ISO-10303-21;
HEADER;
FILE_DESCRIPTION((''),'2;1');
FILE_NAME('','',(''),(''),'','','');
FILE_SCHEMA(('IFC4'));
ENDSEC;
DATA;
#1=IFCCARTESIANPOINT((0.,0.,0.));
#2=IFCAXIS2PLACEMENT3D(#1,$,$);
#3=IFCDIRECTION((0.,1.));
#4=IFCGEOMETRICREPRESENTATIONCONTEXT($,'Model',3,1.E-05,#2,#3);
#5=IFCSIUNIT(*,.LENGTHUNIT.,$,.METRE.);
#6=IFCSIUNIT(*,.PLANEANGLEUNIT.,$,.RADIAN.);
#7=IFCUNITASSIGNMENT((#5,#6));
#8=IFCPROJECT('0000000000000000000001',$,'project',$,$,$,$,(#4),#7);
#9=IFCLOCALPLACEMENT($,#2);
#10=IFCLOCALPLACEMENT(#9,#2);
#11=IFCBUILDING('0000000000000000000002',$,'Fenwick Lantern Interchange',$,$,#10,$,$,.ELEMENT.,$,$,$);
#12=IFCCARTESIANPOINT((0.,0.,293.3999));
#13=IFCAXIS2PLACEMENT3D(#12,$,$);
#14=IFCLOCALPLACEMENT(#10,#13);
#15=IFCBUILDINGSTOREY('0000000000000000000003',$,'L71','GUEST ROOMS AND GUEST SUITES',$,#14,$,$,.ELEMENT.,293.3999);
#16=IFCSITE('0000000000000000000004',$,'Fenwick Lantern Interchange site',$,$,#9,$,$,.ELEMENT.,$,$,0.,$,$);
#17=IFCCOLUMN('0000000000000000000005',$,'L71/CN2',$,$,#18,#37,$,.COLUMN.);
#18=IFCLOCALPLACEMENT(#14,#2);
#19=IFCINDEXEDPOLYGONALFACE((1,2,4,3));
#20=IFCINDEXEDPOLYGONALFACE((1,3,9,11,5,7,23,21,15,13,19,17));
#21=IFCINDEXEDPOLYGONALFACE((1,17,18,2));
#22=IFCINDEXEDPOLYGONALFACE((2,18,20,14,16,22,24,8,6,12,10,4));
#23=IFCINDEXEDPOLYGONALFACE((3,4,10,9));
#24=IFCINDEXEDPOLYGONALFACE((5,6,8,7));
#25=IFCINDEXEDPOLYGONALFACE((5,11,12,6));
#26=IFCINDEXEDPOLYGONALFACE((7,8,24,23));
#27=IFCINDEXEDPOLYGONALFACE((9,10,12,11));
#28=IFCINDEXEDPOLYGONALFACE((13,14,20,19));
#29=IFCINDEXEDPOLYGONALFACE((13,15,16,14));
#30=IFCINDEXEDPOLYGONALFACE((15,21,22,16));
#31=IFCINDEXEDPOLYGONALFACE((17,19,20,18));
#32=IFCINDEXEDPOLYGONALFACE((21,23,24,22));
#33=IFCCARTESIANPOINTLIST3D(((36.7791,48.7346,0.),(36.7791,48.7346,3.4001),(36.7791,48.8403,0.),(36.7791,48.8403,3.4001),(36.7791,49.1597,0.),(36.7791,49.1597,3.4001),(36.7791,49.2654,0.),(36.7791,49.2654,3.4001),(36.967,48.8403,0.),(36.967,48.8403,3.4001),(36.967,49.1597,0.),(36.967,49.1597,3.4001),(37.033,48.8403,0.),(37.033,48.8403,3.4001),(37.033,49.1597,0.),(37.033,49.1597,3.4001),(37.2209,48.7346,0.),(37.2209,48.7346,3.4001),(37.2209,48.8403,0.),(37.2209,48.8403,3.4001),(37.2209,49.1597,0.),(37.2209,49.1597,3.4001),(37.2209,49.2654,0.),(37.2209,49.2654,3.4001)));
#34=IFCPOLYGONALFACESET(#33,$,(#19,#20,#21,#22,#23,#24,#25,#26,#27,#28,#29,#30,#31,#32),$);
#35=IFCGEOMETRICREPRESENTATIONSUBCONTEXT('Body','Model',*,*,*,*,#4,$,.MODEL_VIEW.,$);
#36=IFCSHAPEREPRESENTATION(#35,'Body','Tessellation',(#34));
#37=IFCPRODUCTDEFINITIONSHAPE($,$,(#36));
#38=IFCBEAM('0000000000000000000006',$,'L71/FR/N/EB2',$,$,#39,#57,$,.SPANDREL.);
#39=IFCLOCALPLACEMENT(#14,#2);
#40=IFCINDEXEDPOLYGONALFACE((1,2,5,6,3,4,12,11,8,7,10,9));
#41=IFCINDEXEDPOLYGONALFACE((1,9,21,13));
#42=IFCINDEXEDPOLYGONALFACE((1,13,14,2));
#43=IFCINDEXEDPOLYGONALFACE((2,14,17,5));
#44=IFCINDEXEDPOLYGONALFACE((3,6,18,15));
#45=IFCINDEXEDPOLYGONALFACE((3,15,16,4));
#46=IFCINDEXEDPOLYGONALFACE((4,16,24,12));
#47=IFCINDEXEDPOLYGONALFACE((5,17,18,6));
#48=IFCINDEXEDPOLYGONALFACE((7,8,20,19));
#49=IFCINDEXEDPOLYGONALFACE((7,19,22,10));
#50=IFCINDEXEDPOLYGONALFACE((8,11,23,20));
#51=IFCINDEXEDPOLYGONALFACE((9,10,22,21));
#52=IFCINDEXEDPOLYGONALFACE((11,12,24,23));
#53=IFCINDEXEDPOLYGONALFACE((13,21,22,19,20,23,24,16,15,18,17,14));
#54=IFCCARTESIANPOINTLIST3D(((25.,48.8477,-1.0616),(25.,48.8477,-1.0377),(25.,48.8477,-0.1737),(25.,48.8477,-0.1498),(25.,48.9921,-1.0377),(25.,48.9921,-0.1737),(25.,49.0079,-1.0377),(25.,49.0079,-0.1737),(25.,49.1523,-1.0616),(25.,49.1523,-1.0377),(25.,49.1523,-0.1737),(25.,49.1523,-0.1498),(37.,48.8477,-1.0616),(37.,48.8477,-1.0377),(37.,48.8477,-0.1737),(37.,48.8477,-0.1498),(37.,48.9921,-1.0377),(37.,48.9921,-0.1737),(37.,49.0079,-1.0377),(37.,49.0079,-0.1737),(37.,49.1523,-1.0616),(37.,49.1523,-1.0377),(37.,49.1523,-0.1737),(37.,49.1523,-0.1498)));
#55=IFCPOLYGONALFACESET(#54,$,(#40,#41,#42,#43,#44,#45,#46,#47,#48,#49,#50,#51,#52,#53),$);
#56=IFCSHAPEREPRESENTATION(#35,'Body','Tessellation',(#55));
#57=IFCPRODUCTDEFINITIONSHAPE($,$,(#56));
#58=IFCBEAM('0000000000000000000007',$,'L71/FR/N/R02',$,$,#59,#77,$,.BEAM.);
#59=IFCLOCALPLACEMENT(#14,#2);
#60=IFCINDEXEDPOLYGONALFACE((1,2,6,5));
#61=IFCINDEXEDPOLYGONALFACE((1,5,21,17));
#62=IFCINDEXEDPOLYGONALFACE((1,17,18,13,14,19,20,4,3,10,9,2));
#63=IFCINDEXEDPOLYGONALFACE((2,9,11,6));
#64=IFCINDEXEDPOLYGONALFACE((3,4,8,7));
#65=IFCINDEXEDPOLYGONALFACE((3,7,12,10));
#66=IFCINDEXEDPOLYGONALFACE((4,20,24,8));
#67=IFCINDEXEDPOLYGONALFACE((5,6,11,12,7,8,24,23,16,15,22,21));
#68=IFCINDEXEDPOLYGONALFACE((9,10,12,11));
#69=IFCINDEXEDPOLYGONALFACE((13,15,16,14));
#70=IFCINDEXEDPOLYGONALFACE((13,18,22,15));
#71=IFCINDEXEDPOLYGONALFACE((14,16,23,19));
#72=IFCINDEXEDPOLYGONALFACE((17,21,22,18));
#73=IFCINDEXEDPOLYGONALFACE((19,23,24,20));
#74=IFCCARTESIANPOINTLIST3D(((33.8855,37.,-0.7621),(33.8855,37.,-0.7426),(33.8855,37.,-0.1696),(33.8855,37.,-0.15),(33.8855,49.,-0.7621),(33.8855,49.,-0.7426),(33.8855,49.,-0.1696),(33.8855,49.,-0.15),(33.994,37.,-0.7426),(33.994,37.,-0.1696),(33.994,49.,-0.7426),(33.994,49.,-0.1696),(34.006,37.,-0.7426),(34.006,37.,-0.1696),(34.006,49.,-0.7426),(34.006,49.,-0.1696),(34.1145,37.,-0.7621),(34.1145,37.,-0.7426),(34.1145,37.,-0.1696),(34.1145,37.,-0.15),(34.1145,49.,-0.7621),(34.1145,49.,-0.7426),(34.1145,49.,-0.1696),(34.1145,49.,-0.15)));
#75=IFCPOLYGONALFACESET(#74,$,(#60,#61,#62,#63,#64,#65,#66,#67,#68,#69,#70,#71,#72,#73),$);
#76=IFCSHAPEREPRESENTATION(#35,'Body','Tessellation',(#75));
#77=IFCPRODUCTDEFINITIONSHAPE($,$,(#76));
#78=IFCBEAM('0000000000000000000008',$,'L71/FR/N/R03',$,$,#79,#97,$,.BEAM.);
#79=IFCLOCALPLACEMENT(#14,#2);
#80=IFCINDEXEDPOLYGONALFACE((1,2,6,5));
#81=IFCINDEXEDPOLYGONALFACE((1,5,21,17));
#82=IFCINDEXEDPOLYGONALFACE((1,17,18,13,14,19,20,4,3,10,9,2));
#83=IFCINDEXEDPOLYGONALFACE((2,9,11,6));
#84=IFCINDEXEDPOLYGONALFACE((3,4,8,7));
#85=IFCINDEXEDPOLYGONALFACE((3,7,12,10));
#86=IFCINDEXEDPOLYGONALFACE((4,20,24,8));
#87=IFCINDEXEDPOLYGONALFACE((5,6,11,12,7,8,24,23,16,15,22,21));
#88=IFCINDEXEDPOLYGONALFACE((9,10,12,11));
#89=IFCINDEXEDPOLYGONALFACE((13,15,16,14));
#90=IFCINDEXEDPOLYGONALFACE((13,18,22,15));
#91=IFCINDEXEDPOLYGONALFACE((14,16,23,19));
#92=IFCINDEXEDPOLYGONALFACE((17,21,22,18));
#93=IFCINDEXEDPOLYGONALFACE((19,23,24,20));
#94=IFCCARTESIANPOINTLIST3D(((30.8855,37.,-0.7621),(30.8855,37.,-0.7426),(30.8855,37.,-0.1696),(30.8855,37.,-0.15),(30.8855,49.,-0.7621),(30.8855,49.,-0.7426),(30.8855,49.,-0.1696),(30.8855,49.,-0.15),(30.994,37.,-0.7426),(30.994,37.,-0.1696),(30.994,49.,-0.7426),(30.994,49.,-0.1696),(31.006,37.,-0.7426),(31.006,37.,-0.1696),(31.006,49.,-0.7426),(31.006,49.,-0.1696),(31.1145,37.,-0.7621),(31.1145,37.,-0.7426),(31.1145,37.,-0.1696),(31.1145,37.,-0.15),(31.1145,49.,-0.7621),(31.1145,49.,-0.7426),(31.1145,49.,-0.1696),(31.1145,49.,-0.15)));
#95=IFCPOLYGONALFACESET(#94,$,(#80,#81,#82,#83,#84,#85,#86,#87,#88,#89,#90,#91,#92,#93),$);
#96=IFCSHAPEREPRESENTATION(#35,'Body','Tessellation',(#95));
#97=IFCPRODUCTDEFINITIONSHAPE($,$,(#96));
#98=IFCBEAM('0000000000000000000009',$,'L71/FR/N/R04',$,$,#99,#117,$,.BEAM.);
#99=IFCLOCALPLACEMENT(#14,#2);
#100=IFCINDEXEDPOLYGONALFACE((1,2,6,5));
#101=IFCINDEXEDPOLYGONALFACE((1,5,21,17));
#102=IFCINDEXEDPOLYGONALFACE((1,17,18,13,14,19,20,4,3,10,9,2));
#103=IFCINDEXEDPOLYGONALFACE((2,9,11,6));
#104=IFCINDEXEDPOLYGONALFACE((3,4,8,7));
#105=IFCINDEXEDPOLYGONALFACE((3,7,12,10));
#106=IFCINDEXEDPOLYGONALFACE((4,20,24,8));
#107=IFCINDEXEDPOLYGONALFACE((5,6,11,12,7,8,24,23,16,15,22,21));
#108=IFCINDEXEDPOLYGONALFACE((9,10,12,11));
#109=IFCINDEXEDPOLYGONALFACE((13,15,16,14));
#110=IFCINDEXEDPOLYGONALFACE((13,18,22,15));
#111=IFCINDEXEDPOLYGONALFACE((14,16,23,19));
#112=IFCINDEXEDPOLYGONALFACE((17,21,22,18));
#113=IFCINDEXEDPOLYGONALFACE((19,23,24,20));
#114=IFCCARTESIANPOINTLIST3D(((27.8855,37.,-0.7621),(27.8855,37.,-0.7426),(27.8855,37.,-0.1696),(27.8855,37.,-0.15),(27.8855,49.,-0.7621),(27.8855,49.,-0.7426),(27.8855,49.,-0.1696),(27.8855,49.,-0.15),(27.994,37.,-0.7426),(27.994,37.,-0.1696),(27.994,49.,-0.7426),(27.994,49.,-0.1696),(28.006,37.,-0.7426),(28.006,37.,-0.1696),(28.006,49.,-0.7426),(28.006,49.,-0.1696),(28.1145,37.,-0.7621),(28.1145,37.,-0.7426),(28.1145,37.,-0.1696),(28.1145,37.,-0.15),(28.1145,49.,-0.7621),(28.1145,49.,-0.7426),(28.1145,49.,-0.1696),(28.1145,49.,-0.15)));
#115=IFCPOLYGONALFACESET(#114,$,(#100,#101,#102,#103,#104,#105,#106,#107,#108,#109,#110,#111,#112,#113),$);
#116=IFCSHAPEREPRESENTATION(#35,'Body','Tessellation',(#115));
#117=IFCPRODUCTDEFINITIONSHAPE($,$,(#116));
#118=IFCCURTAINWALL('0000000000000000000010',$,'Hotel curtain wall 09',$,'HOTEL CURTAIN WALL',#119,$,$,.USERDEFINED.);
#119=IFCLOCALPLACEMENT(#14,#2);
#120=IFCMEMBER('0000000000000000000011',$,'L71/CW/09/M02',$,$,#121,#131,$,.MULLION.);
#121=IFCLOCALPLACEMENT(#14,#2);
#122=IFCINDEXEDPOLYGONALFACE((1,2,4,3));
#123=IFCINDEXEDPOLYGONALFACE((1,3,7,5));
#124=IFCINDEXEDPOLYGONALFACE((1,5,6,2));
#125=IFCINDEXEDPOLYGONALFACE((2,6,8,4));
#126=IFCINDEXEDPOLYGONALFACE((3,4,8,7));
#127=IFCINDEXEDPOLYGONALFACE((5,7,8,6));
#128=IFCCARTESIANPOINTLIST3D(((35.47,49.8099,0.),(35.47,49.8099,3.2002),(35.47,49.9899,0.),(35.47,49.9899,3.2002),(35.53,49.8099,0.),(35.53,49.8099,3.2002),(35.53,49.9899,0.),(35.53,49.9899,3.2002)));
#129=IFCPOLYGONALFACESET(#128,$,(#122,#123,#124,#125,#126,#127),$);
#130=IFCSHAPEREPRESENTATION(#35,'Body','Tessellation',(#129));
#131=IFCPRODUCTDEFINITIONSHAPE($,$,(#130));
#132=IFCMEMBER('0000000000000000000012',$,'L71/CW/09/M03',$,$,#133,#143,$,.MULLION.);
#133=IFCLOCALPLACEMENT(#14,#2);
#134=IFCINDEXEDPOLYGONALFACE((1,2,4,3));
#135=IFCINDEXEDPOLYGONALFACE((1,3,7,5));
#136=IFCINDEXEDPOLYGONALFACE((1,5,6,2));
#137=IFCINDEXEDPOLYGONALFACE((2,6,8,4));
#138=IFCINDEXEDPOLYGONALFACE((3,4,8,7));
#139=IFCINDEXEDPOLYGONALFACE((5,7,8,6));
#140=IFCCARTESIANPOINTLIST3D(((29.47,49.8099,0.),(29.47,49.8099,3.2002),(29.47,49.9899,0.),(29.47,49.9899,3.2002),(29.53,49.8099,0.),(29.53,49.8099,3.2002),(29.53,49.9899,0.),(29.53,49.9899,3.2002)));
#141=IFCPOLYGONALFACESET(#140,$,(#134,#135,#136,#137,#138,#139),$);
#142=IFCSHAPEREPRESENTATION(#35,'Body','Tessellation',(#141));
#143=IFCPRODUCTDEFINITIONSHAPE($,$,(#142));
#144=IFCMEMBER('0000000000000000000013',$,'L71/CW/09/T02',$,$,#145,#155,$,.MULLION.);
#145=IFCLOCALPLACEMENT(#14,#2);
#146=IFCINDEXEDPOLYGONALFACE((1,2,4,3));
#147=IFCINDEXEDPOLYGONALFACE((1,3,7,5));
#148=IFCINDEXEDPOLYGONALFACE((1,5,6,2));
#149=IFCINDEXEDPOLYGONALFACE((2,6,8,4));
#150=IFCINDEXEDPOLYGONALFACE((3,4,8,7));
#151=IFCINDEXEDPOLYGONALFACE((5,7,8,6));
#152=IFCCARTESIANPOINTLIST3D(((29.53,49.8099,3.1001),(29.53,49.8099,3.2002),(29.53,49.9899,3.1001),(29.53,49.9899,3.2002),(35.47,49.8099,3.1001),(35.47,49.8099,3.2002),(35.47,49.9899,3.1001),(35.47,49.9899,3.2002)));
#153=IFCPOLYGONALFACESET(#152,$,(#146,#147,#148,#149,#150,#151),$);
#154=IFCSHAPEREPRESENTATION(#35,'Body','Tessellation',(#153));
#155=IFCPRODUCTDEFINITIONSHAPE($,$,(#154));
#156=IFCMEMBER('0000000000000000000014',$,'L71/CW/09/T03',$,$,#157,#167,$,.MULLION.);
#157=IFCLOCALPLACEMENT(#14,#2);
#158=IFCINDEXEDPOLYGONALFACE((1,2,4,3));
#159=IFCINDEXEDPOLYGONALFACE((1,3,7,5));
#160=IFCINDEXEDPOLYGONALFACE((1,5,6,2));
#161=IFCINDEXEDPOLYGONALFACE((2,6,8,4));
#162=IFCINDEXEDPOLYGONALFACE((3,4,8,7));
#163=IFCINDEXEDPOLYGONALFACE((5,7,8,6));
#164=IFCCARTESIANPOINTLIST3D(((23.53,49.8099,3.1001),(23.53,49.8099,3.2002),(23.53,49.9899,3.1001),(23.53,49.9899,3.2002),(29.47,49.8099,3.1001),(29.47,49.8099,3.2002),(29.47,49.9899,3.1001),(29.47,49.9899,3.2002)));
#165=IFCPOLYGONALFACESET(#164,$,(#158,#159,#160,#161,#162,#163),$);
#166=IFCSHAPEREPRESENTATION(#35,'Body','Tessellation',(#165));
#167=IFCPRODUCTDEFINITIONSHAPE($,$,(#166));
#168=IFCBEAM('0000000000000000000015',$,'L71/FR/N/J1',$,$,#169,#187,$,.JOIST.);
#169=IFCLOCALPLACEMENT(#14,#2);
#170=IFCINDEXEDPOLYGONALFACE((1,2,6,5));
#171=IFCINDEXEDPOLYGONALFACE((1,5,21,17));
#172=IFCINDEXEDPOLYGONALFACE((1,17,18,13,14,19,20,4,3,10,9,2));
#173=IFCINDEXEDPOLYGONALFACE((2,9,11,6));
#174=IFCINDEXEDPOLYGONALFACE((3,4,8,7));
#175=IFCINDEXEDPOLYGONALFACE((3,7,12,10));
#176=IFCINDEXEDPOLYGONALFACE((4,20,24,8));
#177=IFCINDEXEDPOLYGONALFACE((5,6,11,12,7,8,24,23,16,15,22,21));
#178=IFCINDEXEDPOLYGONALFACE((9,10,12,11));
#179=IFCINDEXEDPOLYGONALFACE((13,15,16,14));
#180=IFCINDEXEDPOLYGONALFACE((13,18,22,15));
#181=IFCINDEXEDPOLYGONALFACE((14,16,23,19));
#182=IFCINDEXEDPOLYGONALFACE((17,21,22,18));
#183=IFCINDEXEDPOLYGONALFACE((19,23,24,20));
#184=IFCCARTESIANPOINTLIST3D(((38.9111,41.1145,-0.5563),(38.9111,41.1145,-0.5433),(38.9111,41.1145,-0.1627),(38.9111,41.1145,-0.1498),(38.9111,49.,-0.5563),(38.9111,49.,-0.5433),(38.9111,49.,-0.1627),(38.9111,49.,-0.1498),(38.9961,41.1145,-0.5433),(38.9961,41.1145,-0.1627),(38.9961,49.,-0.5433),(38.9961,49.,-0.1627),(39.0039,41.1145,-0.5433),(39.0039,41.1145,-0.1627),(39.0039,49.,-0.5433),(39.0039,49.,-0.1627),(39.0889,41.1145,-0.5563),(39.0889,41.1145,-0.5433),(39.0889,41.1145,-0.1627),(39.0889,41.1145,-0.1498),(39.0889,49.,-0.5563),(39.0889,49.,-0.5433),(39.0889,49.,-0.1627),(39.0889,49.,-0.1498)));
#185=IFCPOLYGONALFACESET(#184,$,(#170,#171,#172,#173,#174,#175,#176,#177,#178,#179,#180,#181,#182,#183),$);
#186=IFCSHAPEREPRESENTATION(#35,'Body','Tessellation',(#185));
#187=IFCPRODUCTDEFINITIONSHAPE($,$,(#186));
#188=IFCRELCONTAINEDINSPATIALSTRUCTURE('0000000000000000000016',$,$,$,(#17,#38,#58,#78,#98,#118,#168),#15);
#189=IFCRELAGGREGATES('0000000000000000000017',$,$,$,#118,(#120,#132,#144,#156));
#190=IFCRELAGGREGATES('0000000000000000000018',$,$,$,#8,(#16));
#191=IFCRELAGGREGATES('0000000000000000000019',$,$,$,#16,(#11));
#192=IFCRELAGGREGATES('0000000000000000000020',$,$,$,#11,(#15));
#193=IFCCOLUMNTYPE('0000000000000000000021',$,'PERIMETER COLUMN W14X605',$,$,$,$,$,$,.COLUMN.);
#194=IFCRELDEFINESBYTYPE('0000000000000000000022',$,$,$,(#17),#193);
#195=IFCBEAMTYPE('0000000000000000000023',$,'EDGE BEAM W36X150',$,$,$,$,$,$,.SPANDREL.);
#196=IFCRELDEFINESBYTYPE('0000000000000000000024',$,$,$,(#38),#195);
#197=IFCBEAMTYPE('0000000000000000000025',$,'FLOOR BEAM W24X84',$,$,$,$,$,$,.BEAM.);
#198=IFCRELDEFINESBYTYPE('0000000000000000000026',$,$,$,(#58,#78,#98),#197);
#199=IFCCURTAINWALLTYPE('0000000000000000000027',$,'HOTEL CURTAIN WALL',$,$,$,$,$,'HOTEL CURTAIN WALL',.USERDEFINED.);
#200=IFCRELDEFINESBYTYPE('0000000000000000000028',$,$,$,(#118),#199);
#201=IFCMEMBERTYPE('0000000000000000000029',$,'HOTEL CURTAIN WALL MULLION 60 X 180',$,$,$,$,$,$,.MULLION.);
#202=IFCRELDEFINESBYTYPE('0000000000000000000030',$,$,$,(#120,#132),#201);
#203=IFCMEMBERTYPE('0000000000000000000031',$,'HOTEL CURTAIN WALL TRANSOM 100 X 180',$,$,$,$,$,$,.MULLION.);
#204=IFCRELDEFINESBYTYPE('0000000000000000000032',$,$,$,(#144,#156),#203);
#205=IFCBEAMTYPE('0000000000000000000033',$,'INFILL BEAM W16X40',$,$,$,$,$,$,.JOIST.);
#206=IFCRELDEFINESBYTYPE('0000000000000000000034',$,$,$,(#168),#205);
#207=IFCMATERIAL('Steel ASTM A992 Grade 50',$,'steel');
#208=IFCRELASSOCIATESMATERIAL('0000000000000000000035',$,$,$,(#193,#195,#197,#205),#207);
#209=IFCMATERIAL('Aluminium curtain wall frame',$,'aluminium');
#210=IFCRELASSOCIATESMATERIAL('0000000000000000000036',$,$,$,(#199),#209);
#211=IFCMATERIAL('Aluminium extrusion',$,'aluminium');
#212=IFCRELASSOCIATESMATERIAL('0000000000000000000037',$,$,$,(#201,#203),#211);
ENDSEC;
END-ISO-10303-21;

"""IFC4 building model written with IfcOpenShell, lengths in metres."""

from ifc_helpers import new_model, si_unit, direction, frame, origin, origin_2d, place, context, subcontext, project, spatial, rectangle, i_section, extrude, material, material_profile, profile_set, type_object, element, aggregate, save


model = new_model("IFC4")

# Units and contexts
model_context = context("Model", 3, precision=1e-05, world=origin(), true_north=direction((0.0, 1.0)))
body_context = subcontext(model_context, "Body", "Model", "MODEL_VIEW")
ifc_project = project(units=[si_unit("LENGTHUNIT", "METRE"), si_unit("PLANEANGLEUNIT", "RADIAN")], contexts=[model_context])

# Site, building, storey
site_placement = place(None, origin())
site = spatial("IfcSite", under=ifc_project, at=site_placement, Name="Fenwick Lantern Interchange site", CompositionType="ELEMENT", RefElevation=0.0)
building_placement = place(site_placement, origin())
building = spatial("IfcBuilding", under=site, at=building_placement, Name="Fenwick Lantern Interchange", CompositionType="ELEMENT")
storey_placement = place(building_placement, frame((0.0, 0.0, 293.3999)))
storey = spatial("IfcBuildingStorey", under=building, at=storey_placement, Name="L71", Description="GUEST ROOMS AND GUEST SUITES", CompositionType="ELEMENT", Elevation=293.3999)

# Column
ifc_material_1 = material(Name="Steel ASTM A992 Grade 50", Category="steel")
ifc_material_profile_1 = material_profile(ifc_material_1, i_section(OverallWidth=0.4419, OverallDepth=0.5308, WebThickness=0.0659, FlangeThickness=0.1057, at=origin_2d()), Name="W14X605")
ifc_profile_set_1 = profile_set([ifc_material_profile_1], Name="Steel ASTM A992 Grade 50")
column_type = type_object("IfcColumnType", Name="PERIMETER COLUMN W14X605", PredefinedType="COLUMN", material=ifc_profile_set_1)
column_placement = place(storey_placement, frame((37.0, 49.0, 0.0), z_axis=(0.0, 0.0, 1.0), x_axis=(1.0, 0.0, 0.0)))
element("IfcColumn", 1, at=column_placement, inside=storey, type_object=column_type, Name="L71/CN2", PredefinedType="COLUMN", context=body_context, shape_type="SweptSolid", body=[
    extrude(i_section(OverallWidth=0.4419, OverallDepth=0.5308, WebThickness=0.0659, FlangeThickness=0.1057, at=origin_2d()), origin(), (0.0, 0.0, 1.0), 3.4001),
])

# Beams
ifc_material_profile_2 = material_profile(ifc_material_1, i_section(OverallWidth=0.3047, OverallDepth=0.9119, WebThickness=0.0159, FlangeThickness=0.0239, at=origin_2d()), Name="W36X150")
ifc_profile_set_2 = profile_set([ifc_material_profile_2], Name="Steel ASTM A992 Grade 50")
beam_type_1 = type_object("IfcBeamType", Name="EDGE BEAM W36X150", PredefinedType="SPANDREL", material=ifc_profile_set_2)
beam_1_placement = place(storey_placement, frame((37.0, 49.0, -0.6057), z_axis=(-1.0, 0.0, 0.0), x_axis=(0.0, -1.0, 0.0)))
element("IfcBeam", 2, at=beam_1_placement, inside=storey, type_object=beam_type_1, Name="L71/FR/N/EB2", PredefinedType="SPANDREL", context=body_context, shape_type="SweptSolid", body=[
    extrude(i_section(OverallWidth=0.3047, OverallDepth=0.9119, WebThickness=0.0159, FlangeThickness=0.0239, at=origin_2d()), origin(), (0.0, 0.0, 1.0), 12.0),
])
ifc_material_profile_3 = material_profile(ifc_material_1, i_section(OverallWidth=0.229, OverallDepth=0.6121, WebThickness=0.012, FlangeThickness=0.0195, at=origin_2d()), Name="W24X84")
ifc_profile_set_3 = profile_set([ifc_material_profile_3], Name="Steel ASTM A992 Grade 50")
beam_type_2 = type_object("IfcBeamType", Name="FLOOR BEAM W24X84", PredefinedType="BEAM", material=ifc_profile_set_3)
for number, where, z_axis, x_axis, name in (
    (3, (34.0, 49.0, -0.4561), (0.0, -1.0, 0.0), (1.0, 0.0, 0.0), "L71/FR/N/R02"),
    (4, (31.0, 49.0, -0.4561), (0.0, -1.0, 0.0), (1.0, 0.0, 0.0), "L71/FR/N/R03"),
    (5, (28.0, 49.0, -0.4561), (0.0, -1.0, 0.0), (1.0, 0.0, 0.0), "L71/FR/N/R04"),
):
    element("IfcBeam", number, at=place(storey_placement, frame(where, z_axis=z_axis, x_axis=x_axis)), inside=storey, type_object=beam_type_2, Name=name, PredefinedType="BEAM", context=body_context, shape_type="SweptSolid", body=[
        extrude(i_section(OverallWidth=0.229, OverallDepth=0.6121, WebThickness=0.012, FlangeThickness=0.0195, at=origin_2d()), origin(), (0.0, 0.0, 1.0), 12.0),
    ])

# Curtain wall, members
ifc_material_2 = material(Name="Aluminium curtain wall frame", Category="aluminium")
curtain_wall_type = type_object("IfcCurtainWallType", Name="HOTEL CURTAIN WALL", ElementType="HOTEL CURTAIN WALL", PredefinedType="USERDEFINED", material=ifc_material_2)
curtain_wall_placement = place(storey_placement, origin())
curtain_wall = element("IfcCurtainWall", 6, at=curtain_wall_placement, inside=storey, type_object=curtain_wall_type, Name="Hotel curtain wall 09", ObjectType="HOTEL CURTAIN WALL", PredefinedType="USERDEFINED")
ifc_material_3 = material(Name="Aluminium extrusion", Category="aluminium")
ifc_material_profile_4 = material_profile(ifc_material_3, rectangle(XDim=0.1799, YDim=0.0601, at=origin_2d()), Name="HOTEL CURTAIN WALL MULLION 60 X 180")
ifc_profile_set_4 = profile_set([ifc_material_profile_4], Name="Aluminium extrusion")
member_type_1 = type_object("IfcMemberType", Name="HOTEL CURTAIN WALL MULLION 60 X 180", PredefinedType="MULLION", material=ifc_profile_set_4)
member_1_placement = place(storey_placement, frame((35.5, 49.8999, 0.0), z_axis=(0.0, 0.0, 1.0), x_axis=(0.0, -1.0, 0.0)))
member_1 = element("IfcMember", 7, at=member_1_placement, type_object=member_type_1, Name="L71/CW/09/M02", PredefinedType="MULLION", context=body_context, shape_type="SweptSolid", body=[
    extrude(rectangle(XDim=0.1799, YDim=0.0601, at=origin_2d()), origin(), (0.0, 0.0, 1.0), 3.2002),
])
member_2_placement = place(storey_placement, frame((29.5, 49.8999, 0.0), z_axis=(0.0, 0.0, 1.0), x_axis=(0.0, -1.0, 0.0)))
member_2 = element("IfcMember", 8, at=member_2_placement, type_object=member_type_1, Name="L71/CW/09/M03", PredefinedType="MULLION", context=body_context, shape_type="SweptSolid", body=[
    extrude(rectangle(XDim=0.1799, YDim=0.0601, at=origin_2d()), origin(), (0.0, 0.0, 1.0), 3.2002),
])
ifc_material_profile_5 = material_profile(ifc_material_3, rectangle(XDim=0.1799, YDim=0.1001, at=origin_2d()), Name="HOTEL CURTAIN WALL TRANSOM 100 X 180")
ifc_profile_set_5 = profile_set([ifc_material_profile_5], Name="Aluminium extrusion")
member_type_2 = type_object("IfcMemberType", Name="HOTEL CURTAIN WALL TRANSOM 100 X 180", PredefinedType="MULLION", material=ifc_profile_set_5)
member_3_placement = place(storey_placement, frame((35.47, 49.8999, 3.1501), z_axis=(-1.0, 0.0, 0.0), x_axis=(0.0, -1.0, 0.0)))
member_3 = element("IfcMember", 9, at=member_3_placement, type_object=member_type_2, Name="L71/CW/09/T02", PredefinedType="MULLION", context=body_context, shape_type="SweptSolid", body=[
    extrude(rectangle(XDim=0.1799, YDim=0.1001, at=origin_2d()), origin(), (0.0, 0.0, 1.0), 5.9399),
])
member_4_placement = place(storey_placement, frame((29.47, 49.8999, 3.1501), z_axis=(-1.0, 0.0, 0.0), x_axis=(0.0, -1.0, 0.0)))
member_4 = element("IfcMember", 10, at=member_4_placement, type_object=member_type_2, Name="L71/CW/09/T03", PredefinedType="MULLION", context=body_context, shape_type="SweptSolid", body=[
    extrude(rectangle(XDim=0.1799, YDim=0.1001, at=origin_2d()), origin(), (0.0, 0.0, 1.0), 5.9399),
])

# Beam
ifc_material_profile_6 = material_profile(ifc_material_1, i_section(OverallWidth=0.1777, OverallDepth=0.4065, WebThickness=0.0078, FlangeThickness=0.0129, at=origin_2d()), Name="W16X40")
ifc_profile_set_6 = profile_set([ifc_material_profile_6], Name="Steel ASTM A992 Grade 50")
beam_type_3 = type_object("IfcBeamType", Name="INFILL BEAM W16X40", PredefinedType="JOIST", material=ifc_profile_set_6)
beam_2_placement = place(storey_placement, frame((39.0, 49.0, -0.353), z_axis=(0.0, -1.0, 0.0), x_axis=(1.0, 0.0, 0.0)))
element("IfcBeam", 11, at=beam_2_placement, inside=storey, type_object=beam_type_3, Name="L71/FR/N/J1", PredefinedType="JOIST", context=body_context, shape_type="SweptSolid", body=[
    extrude(i_section(OverallWidth=0.1777, OverallDepth=0.4065, WebThickness=0.0078, FlangeThickness=0.0129, at=origin_2d()), origin(), (0.0, 0.0, 1.0), 7.8855),
])

aggregate(curtain_wall, [member_1, member_2, member_3, member_4])

save(model, "model.ifc")
